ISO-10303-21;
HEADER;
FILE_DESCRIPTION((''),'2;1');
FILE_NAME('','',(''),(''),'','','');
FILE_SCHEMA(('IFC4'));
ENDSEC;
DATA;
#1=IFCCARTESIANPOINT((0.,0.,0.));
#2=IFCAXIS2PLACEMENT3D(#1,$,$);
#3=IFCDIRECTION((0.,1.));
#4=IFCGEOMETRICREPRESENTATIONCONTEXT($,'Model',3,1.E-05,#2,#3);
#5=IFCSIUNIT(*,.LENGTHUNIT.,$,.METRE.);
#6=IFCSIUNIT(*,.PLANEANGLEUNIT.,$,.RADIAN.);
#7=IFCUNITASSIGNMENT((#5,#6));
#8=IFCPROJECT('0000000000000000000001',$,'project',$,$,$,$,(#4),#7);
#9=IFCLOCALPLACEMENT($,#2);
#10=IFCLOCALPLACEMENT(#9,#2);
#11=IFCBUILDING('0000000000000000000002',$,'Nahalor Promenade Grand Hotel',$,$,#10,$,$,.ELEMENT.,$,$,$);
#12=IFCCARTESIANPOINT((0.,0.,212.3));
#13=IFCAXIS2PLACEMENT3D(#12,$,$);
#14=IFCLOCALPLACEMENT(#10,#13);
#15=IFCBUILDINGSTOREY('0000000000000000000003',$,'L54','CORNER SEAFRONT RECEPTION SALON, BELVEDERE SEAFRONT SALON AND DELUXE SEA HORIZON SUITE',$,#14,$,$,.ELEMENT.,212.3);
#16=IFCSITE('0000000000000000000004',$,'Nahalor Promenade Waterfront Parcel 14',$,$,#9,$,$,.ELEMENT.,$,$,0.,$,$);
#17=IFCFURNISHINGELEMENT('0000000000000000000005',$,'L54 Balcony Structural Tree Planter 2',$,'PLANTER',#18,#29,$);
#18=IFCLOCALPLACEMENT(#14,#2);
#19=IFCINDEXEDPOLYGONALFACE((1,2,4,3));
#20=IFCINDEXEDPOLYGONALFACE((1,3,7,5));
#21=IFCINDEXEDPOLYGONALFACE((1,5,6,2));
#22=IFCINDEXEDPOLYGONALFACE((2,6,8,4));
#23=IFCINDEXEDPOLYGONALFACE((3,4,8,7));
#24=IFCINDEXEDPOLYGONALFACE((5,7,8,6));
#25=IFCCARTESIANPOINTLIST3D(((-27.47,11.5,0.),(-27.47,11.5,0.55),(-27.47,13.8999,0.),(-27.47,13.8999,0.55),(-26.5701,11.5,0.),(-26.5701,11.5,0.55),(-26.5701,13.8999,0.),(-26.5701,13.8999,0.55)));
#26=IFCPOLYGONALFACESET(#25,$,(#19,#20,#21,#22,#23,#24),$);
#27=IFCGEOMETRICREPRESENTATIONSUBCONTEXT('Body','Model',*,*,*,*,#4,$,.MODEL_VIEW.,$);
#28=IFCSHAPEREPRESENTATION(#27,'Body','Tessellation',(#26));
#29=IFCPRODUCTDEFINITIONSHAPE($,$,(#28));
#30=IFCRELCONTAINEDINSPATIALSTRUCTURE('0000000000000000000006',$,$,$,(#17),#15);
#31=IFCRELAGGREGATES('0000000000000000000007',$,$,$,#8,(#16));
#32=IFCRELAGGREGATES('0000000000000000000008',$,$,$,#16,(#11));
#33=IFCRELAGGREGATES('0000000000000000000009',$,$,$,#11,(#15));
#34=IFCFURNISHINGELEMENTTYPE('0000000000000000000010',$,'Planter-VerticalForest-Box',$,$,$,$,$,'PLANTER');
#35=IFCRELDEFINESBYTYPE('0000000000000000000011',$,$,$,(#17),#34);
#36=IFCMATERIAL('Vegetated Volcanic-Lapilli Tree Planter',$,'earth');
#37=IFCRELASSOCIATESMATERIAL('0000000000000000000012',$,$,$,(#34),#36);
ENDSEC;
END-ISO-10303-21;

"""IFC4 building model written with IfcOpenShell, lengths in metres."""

from ifc_helpers import new_model, si_unit, direction, frame, origin, origin_2d, place, context, subcontext, project, spatial, rectangle, extrude, source, transform, mapped, material, type_object, element, save


model = new_model("IFC4")

# Units and contexts
model_context = context("Model", 3, precision=1e-05, world=origin(), true_north=direction((0.0, 1.0)))
body_context = subcontext(model_context, "Body", "Model", "MODEL_VIEW")
ifc_project = project(units=[si_unit("LENGTHUNIT", "METRE"), si_unit("PLANEANGLEUNIT", "RADIAN")], contexts=[model_context])

# Site, building, storey
site_placement = place(None, origin())
site = spatial("IfcSite", under=ifc_project, at=site_placement, Name="Nahalor Promenade Waterfront Parcel 14", CompositionType="ELEMENT", RefElevation=0.0)
building_placement = place(site_placement, origin())
building = spatial("IfcBuilding", under=site, at=building_placement, Name="Nahalor Promenade Grand Hotel", CompositionType="ELEMENT")
storey_placement = place(building_placement, frame((0.0, 0.0, 212.3)))
storey = spatial("IfcBuildingStorey", under=building, at=storey_placement, Name="L54", Description="CORNER SEAFRONT RECEPTION SALON, BELVEDERE SEAFRONT SALON AND DELUXE SEA HORIZON SUITE", CompositionType="ELEMENT", Elevation=212.3)

# Furnishing element
ifc_material_1 = material(Name="Vegetated Volcanic-Lapilli Tree Planter", Category="earth")
furnishing_element_type = type_object("IfcFurnishingElementType", Name="Planter-VerticalForest-Box", ElementType="PLANTER", material=ifc_material_1)
shared_shape_1 = source(origin(), body_context, "Body", "SweptSolid", [
    extrude(rectangle(XDim=2.3999, YDim=0.8999, at=origin_2d()), origin(), (0.0, 0.0, 1.0), 0.55),
])
furnishing_placement = place(storey_placement, frame((-27.02, 12.7, 0.0), z_axis=(0.0, 0.0, 1.0), x_axis=(0.0, 1.0, 0.0)))
element("IfcFurnishingElement", 1, at=furnishing_placement, inside=storey, type_object=furnishing_element_type, Name="L54 Balcony Structural Tree Planter 2", ObjectType="PLANTER", context=body_context, shape_type="MappedRepresentation", body=[
    mapped(shared_shape_1, transform((0.0, 0.0, 0.0), scale=1.0)),
])

save(model, "model.ifc")
